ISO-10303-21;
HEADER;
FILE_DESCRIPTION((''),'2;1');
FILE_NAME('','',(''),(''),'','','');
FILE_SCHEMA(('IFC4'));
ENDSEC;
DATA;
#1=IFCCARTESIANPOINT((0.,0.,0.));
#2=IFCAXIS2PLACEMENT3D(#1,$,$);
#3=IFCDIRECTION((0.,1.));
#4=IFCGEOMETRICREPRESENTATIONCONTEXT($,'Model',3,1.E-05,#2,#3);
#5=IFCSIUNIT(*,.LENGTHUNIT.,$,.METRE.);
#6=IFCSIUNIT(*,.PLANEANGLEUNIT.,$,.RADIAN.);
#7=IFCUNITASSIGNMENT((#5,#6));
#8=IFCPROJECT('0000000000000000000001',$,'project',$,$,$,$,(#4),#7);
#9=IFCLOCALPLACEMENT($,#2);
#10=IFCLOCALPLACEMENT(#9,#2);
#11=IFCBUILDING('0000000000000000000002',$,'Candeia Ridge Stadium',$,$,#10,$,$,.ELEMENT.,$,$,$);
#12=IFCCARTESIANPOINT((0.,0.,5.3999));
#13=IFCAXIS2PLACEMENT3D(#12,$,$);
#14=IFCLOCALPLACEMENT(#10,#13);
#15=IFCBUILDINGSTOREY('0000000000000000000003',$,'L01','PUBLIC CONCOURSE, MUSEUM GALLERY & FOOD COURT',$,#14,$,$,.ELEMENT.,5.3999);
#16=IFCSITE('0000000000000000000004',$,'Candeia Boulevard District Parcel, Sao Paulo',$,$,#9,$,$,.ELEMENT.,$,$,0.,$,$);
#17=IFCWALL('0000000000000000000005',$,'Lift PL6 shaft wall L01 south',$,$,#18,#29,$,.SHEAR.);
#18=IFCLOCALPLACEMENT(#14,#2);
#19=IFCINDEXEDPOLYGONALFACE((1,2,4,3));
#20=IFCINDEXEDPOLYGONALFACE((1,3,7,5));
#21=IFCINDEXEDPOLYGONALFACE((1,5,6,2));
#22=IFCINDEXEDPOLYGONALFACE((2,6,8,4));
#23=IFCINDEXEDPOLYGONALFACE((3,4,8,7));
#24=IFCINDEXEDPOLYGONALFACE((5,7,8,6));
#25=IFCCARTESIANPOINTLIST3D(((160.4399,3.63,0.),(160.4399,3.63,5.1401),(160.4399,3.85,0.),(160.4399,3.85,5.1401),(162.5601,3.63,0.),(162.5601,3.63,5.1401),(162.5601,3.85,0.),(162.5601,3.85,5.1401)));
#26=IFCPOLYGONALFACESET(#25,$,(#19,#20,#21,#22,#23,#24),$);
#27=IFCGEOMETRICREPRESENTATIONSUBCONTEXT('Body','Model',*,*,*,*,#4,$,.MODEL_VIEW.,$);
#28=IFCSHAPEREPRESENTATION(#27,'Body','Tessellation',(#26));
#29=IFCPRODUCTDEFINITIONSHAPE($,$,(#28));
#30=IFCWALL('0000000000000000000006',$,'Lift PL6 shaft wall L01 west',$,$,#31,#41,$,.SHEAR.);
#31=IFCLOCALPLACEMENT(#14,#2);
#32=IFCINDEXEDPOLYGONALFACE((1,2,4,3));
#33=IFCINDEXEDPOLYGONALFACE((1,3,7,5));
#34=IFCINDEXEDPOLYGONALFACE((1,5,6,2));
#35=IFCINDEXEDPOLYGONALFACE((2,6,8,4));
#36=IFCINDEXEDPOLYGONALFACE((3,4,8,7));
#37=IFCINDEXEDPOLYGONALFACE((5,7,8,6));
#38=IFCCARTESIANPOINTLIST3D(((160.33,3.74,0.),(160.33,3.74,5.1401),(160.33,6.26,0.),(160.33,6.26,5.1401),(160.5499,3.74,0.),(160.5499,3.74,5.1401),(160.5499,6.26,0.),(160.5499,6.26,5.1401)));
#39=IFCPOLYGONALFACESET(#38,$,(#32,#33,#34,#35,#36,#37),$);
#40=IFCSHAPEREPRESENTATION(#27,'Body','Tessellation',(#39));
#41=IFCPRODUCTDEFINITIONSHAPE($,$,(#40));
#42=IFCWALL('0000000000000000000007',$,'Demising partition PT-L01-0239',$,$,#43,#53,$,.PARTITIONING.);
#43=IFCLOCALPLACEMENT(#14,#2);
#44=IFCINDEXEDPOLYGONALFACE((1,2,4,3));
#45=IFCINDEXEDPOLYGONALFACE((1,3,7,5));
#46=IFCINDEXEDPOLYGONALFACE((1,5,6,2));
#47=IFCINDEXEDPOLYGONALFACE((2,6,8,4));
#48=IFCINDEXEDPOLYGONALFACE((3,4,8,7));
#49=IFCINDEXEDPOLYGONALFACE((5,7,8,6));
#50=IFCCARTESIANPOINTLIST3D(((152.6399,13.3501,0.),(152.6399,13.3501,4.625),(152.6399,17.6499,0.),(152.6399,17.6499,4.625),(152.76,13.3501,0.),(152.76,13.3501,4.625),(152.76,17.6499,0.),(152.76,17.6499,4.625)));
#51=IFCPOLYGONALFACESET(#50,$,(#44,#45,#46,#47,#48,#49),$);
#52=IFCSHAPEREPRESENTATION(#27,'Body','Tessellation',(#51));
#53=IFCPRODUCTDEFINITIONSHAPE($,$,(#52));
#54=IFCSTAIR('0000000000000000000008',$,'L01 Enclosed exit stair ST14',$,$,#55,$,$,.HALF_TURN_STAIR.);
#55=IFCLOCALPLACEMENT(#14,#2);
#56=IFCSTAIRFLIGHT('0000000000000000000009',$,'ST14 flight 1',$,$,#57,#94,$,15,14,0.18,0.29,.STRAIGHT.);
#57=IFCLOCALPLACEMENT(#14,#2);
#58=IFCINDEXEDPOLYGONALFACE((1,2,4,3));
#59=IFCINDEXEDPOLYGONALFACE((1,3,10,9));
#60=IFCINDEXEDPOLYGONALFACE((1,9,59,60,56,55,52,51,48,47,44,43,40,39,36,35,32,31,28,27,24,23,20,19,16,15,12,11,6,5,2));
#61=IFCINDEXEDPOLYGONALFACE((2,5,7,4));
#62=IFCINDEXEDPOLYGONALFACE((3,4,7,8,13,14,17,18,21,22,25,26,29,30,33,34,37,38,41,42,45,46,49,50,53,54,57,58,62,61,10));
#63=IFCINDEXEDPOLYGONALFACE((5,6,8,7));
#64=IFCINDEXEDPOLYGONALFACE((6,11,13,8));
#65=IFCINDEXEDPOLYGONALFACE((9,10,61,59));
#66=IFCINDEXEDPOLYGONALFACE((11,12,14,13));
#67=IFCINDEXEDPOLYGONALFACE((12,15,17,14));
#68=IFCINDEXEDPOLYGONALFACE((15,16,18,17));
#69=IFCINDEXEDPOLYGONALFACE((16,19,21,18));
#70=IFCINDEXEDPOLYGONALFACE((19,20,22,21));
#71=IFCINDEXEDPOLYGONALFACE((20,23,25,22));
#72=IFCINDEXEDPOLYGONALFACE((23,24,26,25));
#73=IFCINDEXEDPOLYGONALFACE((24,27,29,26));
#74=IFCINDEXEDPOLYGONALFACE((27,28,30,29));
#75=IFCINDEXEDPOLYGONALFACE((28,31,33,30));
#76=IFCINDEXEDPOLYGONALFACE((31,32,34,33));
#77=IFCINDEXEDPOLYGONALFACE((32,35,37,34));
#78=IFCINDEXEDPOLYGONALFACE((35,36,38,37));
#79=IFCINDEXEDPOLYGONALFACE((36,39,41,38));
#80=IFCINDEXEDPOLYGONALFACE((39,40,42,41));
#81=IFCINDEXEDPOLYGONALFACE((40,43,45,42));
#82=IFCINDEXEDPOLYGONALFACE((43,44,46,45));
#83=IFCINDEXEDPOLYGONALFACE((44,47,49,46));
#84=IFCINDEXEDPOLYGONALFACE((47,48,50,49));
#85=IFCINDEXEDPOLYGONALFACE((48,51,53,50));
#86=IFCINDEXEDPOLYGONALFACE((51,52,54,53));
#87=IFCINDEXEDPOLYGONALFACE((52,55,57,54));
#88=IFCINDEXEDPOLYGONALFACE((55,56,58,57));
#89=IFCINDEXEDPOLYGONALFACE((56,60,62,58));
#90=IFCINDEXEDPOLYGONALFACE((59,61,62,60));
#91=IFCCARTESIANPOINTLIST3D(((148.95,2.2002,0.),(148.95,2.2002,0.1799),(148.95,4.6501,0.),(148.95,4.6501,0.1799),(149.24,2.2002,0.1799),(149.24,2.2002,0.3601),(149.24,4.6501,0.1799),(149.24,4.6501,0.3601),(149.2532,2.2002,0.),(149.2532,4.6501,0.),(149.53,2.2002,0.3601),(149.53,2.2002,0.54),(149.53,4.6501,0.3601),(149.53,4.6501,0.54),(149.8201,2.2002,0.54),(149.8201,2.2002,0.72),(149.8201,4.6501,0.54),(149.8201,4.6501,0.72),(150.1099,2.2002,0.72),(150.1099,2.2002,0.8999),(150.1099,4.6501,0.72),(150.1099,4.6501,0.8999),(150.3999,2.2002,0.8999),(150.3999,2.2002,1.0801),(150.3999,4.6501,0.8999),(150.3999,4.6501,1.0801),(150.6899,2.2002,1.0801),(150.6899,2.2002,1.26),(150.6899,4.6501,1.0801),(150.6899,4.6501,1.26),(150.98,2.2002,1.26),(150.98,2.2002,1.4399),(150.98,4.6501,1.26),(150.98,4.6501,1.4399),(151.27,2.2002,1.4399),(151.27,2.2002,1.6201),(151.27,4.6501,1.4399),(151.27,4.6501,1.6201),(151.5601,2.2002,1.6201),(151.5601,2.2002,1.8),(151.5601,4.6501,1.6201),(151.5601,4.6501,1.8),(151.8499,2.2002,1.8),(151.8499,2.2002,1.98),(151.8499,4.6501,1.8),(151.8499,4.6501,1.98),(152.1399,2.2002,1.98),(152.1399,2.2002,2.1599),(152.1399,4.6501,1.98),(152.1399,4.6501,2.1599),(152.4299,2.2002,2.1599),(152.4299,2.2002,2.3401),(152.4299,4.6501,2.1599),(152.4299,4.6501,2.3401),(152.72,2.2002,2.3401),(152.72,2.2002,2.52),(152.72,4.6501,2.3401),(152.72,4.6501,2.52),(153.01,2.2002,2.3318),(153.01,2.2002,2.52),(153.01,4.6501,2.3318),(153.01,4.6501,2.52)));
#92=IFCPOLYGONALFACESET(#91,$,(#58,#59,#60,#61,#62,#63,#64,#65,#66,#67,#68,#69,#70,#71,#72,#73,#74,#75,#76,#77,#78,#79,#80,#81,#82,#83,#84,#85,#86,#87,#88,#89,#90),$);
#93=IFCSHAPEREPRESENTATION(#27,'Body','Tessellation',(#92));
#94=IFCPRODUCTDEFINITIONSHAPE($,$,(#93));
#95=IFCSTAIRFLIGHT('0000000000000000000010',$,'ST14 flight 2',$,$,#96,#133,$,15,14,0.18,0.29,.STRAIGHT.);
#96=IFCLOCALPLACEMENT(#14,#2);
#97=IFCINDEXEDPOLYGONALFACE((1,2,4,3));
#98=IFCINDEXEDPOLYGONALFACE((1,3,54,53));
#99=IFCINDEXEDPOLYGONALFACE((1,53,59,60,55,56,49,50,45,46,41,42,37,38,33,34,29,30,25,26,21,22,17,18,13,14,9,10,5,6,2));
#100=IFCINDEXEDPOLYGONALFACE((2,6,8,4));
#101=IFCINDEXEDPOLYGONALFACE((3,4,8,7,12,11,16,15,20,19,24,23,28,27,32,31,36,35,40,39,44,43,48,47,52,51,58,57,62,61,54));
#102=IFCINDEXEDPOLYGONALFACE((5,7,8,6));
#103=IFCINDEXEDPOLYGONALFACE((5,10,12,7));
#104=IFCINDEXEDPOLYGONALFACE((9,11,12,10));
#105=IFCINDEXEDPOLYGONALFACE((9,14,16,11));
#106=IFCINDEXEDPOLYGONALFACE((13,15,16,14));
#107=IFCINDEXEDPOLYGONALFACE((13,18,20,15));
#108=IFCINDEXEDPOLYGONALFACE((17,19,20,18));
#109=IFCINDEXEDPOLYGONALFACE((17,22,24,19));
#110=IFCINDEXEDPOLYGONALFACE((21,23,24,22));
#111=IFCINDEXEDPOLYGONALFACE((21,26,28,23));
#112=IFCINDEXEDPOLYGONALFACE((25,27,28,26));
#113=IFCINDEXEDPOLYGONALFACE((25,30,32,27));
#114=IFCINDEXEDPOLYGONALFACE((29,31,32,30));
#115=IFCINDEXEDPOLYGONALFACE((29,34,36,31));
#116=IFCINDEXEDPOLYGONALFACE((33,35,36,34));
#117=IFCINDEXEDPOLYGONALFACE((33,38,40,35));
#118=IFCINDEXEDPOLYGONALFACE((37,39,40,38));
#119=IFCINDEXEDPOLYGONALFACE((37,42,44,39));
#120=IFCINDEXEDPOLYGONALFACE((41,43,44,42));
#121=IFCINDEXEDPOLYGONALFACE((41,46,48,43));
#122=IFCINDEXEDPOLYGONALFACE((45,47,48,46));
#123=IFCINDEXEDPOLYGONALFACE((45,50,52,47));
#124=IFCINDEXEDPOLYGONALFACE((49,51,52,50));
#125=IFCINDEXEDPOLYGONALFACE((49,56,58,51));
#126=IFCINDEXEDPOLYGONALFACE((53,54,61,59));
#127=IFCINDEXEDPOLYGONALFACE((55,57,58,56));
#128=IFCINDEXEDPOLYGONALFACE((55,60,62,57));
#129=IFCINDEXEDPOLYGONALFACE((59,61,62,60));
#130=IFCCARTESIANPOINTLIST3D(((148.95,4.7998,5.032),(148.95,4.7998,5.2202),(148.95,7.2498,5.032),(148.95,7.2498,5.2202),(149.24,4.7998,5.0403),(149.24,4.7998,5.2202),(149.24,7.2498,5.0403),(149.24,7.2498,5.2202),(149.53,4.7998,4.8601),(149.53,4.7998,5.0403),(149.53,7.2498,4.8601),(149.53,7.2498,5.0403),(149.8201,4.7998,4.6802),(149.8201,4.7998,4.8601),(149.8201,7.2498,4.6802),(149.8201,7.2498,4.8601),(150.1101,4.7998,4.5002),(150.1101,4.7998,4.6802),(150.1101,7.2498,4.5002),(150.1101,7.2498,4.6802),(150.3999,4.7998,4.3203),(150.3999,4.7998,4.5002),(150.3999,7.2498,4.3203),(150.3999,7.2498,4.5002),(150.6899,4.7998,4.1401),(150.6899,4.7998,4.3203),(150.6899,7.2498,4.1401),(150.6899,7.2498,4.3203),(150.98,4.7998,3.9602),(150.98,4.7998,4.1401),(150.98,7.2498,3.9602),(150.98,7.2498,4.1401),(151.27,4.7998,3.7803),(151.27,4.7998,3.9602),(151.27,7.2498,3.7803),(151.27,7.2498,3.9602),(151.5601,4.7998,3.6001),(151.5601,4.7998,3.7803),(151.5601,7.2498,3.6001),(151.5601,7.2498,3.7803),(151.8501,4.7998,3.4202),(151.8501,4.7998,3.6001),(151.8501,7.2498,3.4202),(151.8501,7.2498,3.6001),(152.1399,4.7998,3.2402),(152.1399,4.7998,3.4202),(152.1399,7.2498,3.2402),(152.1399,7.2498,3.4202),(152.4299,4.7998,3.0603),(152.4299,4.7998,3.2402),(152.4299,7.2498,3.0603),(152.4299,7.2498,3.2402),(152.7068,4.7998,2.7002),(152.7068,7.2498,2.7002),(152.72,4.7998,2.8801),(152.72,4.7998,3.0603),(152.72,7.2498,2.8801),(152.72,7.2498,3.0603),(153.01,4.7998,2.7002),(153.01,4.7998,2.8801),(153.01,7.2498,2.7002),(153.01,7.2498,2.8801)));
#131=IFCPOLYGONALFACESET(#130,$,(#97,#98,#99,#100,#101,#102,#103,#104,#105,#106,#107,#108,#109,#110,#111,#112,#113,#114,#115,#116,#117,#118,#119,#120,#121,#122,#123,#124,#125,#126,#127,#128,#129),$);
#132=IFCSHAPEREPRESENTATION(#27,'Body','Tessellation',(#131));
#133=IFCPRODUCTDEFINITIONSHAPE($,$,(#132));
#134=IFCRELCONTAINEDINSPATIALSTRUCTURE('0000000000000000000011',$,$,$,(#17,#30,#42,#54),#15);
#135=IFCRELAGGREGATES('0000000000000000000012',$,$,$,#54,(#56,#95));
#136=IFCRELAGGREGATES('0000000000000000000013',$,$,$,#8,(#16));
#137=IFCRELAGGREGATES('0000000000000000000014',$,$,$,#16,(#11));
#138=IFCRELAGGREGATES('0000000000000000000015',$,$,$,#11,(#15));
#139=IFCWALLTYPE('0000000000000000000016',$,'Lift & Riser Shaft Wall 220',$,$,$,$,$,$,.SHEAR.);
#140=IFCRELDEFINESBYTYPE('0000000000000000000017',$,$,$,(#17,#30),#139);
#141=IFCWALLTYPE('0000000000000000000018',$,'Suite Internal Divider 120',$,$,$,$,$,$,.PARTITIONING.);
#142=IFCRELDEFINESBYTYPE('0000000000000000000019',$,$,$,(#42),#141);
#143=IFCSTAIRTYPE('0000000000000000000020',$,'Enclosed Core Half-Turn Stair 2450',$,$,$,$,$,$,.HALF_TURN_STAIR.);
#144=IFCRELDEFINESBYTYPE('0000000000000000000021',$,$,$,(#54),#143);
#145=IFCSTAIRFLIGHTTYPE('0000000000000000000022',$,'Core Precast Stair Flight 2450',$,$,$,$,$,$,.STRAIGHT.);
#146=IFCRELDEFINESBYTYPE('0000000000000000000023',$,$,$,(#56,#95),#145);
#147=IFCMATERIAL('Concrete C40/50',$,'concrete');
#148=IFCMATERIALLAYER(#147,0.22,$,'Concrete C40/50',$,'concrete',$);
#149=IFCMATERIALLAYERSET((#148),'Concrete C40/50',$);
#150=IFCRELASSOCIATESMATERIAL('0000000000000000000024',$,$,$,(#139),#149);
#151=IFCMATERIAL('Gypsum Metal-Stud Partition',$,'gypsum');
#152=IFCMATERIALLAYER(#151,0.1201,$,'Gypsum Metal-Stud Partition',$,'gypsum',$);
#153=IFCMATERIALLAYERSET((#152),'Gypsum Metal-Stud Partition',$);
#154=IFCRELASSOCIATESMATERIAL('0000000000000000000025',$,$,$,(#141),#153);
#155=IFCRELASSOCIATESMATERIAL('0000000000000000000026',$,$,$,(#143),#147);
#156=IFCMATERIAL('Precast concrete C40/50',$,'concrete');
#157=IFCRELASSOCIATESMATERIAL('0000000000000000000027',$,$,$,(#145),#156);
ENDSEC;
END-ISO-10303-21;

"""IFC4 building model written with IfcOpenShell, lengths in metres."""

from ifc_helpers import new_model, si_unit, direction, frame, frame_2d, origin, place, context, subcontext, project, spatial, polyline, rectangle, outline, extrude, material, layer, layer_set, type_object, element, aggregate, save


model = new_model("IFC4")

# Units and contexts
model_context = context("Model", 3, precision=1e-05, world=origin(), true_north=direction((0.0, 1.0)))
body_context = subcontext(model_context, "Body", "Model", "MODEL_VIEW")
ifc_project = project(units=[si_unit("LENGTHUNIT", "METRE"), si_unit("PLANEANGLEUNIT", "RADIAN")], contexts=[model_context])

# Site, building, storey
site_placement = place(None, origin())
site = spatial("IfcSite", under=ifc_project, at=site_placement, Name="Candeia Boulevard District Parcel, Sao Paulo", CompositionType="ELEMENT", RefElevation=0.0)
building_placement = place(site_placement, origin())
building = spatial("IfcBuilding", under=site, at=building_placement, Name="Candeia Ridge Stadium", CompositionType="ELEMENT")
storey_placement = place(building_placement, frame((0.0, 0.0, 5.3999)))
storey = spatial("IfcBuildingStorey", under=building, at=storey_placement, Name="L01", Description="PUBLIC CONCOURSE, MUSEUM GALLERY & FOOD COURT", CompositionType="ELEMENT", Elevation=5.3999)

# Shared definitions
ifc_material_1 = material(Name="Concrete C40/50", Category="concrete")

# Walls
ifc_layer_1 = layer(ifc_material_1, 0.22, Name="Concrete C40/50", Category="concrete")
ifc_layer_set_1 = layer_set([ifc_layer_1], Name="Concrete C40/50")
wall_type_1 = type_object("IfcWallType", Name="Lift & Riser Shaft Wall 220", PredefinedType="SHEAR", material=ifc_layer_set_1)
wall_1_placement = place(storey_placement, frame((160.4399, 3.74, 0.0), z_axis=(0.0, 0.0, 1.0), x_axis=(1.0, 0.0, 0.0)))
element("IfcWall", 1, at=wall_1_placement, inside=storey, type_object=wall_type_1, Name="Lift PL6 shaft wall L01 south", PredefinedType="SHEAR", context=body_context, shape_type="SweptSolid", body=[
    extrude(rectangle(XDim=2.1201, YDim=0.22, at=frame_2d((1.0601, 0.0))), origin(), (0.0, 0.0, 1.0), 5.1401),
])
wall_2_placement = place(storey_placement, frame((160.4399, 6.26, 0.0), z_axis=(0.0, 0.0, 1.0), x_axis=(0.0, -1.0, 0.0)))
element("IfcWall", 2, at=wall_2_placement, inside=storey, type_object=wall_type_1, Name="Lift PL6 shaft wall L01 west", PredefinedType="SHEAR", context=body_context, shape_type="SweptSolid", body=[
    extrude(rectangle(XDim=2.52, YDim=0.22, at=frame_2d((1.26, 0.0))), origin(), (0.0, 0.0, 1.0), 5.1401),
])
ifc_material_2 = material(Name="Gypsum Metal-Stud Partition", Category="gypsum")
ifc_layer_2 = layer(ifc_material_2, 0.1201, Name="Gypsum Metal-Stud Partition", Category="gypsum")
ifc_layer_set_2 = layer_set([ifc_layer_2], Name="Gypsum Metal-Stud Partition")
wall_type_2 = type_object("IfcWallType", Name="Suite Internal Divider 120", PredefinedType="PARTITIONING", material=ifc_layer_set_2)
wall_3_placement = place(storey_placement, frame((152.7, 13.3501, 0.0), z_axis=(0.0, 0.0, 1.0), x_axis=(0.0, 1.0, 0.0)))
element("IfcWall", 3, at=wall_3_placement, inside=storey, type_object=wall_type_2, Name="Demising partition PT-L01-0239", PredefinedType="PARTITIONING", context=body_context, shape_type="SweptSolid", body=[
    extrude(rectangle(XDim=4.2998, YDim=0.1201, at=frame_2d((2.1499, 0.0))), origin(), (0.0, 0.0, 1.0), 4.625),
])

# Stair, stair flights
stair_type = type_object("IfcStairType", Name="Enclosed Core Half-Turn Stair 2450", PredefinedType="HALF_TURN_STAIR", material=ifc_material_1)
stair_placement = place(storey_placement, origin())
stair = element("IfcStair", 4, at=stair_placement, inside=storey, type_object=stair_type, Name="L01 Enclosed exit stair ST14", PredefinedType="HALF_TURN_STAIR")
ifc_material_3 = material(Name="Precast concrete C40/50", Category="concrete")
stair_flight_type = type_object("IfcStairFlightType", Name="Core Precast Stair Flight 2450", PredefinedType="STRAIGHT", material=ifc_material_3)
stair_flight_1_placement = place(storey_placement, frame((148.95, 3.425, 0.0), z_axis=(0.0, 0.0, 1.0), x_axis=(1.0, 0.0, 0.0)))
stair_flight_1 = element("IfcStairFlight", 5, at=stair_flight_1_placement, type_object=stair_flight_type, Name="ST14 flight 1", NumberOfRisers=15, NumberOfTreads=14, PredefinedType="STRAIGHT", RiserHeight=0.18, TreadLength=0.29, context=body_context, shape_type="SweptSolid", body=[
    extrude(outline(polyline([(0.0, 0.0), (0.0, 0.1799), (0.29, 0.1799), (0.29, 0.3601), (0.5801, 0.3601), (0.5801, 0.54), (0.8701, 0.54), (0.8701, 0.72), (1.1599, 0.72), (1.1599, 0.8999), (1.45, 0.8999), (1.45, 1.0801), (1.74, 1.0801), (1.74, 1.26), (2.03, 1.26), (2.03, 1.4399), (2.3201, 1.4399), (2.3201, 1.6201), (2.6101, 1.6201), (2.6101, 1.8), (2.8999, 1.8), (2.8999, 1.98), (3.1899, 1.98), (3.1899, 2.1599), (3.48, 2.1599), (3.48, 2.3401), (3.77, 2.3401), (3.77, 2.52), (4.0601, 2.52), (4.0601, 2.7), (4.0601, 2.3318), (0.3032, 0.0), (0.0, 0.0)])), frame((0.0, 1.2251, 0.0), z_axis=(0.0, -1.0, 0.0), x_axis=(1.0, 0.0, 0.0)), (0.0, 0.0, 1.0), 2.45),
])
stair_flight_2_placement = place(storey_placement, frame((153.01, 6.0249, 2.7002), z_axis=(0.0, 0.0, 1.0), x_axis=(-1.0, 0.0, 0.0)))
stair_flight_2 = element("IfcStairFlight", 6, at=stair_flight_2_placement, type_object=stair_flight_type, Name="ST14 flight 2", NumberOfRisers=15, NumberOfTreads=14, PredefinedType="STRAIGHT", RiserHeight=0.18, TreadLength=0.29, context=body_context, shape_type="SweptSolid", body=[
    extrude(outline(polyline([(0.0, 0.0), (0.0, 0.1799), (0.29, 0.1799), (0.29, 0.3601), (0.5801, 0.3601), (0.5801, 0.54), (0.8701, 0.54), (0.8701, 0.72), (1.1599, 0.72), (1.1599, 0.8999), (1.45, 0.8999), (1.45, 1.0801), (1.74, 1.0801), (1.74, 1.26), (2.03, 1.26), (2.03, 1.4399), (2.3201, 1.4399), (2.3201, 1.6201), (2.6101, 1.6201), (2.6101, 1.8), (2.8999, 1.8), (2.8999, 1.98), (3.1899, 1.98), (3.1899, 2.1599), (3.48, 2.1599), (3.48, 2.3401), (3.77, 2.3401), (3.77, 2.52), (4.0601, 2.52), (4.0601, 2.7), (4.0601, 2.3318), (0.3032, 0.0), (0.0, 0.0)])), frame((0.0, 1.2251, 0.0), z_axis=(0.0, -1.0, 0.0), x_axis=(1.0, 0.0, 0.0)), (0.0, 0.0, 1.0), 2.45),
])
aggregate(stair, [stair_flight_1, stair_flight_2])

save(model, "model.ifc")
